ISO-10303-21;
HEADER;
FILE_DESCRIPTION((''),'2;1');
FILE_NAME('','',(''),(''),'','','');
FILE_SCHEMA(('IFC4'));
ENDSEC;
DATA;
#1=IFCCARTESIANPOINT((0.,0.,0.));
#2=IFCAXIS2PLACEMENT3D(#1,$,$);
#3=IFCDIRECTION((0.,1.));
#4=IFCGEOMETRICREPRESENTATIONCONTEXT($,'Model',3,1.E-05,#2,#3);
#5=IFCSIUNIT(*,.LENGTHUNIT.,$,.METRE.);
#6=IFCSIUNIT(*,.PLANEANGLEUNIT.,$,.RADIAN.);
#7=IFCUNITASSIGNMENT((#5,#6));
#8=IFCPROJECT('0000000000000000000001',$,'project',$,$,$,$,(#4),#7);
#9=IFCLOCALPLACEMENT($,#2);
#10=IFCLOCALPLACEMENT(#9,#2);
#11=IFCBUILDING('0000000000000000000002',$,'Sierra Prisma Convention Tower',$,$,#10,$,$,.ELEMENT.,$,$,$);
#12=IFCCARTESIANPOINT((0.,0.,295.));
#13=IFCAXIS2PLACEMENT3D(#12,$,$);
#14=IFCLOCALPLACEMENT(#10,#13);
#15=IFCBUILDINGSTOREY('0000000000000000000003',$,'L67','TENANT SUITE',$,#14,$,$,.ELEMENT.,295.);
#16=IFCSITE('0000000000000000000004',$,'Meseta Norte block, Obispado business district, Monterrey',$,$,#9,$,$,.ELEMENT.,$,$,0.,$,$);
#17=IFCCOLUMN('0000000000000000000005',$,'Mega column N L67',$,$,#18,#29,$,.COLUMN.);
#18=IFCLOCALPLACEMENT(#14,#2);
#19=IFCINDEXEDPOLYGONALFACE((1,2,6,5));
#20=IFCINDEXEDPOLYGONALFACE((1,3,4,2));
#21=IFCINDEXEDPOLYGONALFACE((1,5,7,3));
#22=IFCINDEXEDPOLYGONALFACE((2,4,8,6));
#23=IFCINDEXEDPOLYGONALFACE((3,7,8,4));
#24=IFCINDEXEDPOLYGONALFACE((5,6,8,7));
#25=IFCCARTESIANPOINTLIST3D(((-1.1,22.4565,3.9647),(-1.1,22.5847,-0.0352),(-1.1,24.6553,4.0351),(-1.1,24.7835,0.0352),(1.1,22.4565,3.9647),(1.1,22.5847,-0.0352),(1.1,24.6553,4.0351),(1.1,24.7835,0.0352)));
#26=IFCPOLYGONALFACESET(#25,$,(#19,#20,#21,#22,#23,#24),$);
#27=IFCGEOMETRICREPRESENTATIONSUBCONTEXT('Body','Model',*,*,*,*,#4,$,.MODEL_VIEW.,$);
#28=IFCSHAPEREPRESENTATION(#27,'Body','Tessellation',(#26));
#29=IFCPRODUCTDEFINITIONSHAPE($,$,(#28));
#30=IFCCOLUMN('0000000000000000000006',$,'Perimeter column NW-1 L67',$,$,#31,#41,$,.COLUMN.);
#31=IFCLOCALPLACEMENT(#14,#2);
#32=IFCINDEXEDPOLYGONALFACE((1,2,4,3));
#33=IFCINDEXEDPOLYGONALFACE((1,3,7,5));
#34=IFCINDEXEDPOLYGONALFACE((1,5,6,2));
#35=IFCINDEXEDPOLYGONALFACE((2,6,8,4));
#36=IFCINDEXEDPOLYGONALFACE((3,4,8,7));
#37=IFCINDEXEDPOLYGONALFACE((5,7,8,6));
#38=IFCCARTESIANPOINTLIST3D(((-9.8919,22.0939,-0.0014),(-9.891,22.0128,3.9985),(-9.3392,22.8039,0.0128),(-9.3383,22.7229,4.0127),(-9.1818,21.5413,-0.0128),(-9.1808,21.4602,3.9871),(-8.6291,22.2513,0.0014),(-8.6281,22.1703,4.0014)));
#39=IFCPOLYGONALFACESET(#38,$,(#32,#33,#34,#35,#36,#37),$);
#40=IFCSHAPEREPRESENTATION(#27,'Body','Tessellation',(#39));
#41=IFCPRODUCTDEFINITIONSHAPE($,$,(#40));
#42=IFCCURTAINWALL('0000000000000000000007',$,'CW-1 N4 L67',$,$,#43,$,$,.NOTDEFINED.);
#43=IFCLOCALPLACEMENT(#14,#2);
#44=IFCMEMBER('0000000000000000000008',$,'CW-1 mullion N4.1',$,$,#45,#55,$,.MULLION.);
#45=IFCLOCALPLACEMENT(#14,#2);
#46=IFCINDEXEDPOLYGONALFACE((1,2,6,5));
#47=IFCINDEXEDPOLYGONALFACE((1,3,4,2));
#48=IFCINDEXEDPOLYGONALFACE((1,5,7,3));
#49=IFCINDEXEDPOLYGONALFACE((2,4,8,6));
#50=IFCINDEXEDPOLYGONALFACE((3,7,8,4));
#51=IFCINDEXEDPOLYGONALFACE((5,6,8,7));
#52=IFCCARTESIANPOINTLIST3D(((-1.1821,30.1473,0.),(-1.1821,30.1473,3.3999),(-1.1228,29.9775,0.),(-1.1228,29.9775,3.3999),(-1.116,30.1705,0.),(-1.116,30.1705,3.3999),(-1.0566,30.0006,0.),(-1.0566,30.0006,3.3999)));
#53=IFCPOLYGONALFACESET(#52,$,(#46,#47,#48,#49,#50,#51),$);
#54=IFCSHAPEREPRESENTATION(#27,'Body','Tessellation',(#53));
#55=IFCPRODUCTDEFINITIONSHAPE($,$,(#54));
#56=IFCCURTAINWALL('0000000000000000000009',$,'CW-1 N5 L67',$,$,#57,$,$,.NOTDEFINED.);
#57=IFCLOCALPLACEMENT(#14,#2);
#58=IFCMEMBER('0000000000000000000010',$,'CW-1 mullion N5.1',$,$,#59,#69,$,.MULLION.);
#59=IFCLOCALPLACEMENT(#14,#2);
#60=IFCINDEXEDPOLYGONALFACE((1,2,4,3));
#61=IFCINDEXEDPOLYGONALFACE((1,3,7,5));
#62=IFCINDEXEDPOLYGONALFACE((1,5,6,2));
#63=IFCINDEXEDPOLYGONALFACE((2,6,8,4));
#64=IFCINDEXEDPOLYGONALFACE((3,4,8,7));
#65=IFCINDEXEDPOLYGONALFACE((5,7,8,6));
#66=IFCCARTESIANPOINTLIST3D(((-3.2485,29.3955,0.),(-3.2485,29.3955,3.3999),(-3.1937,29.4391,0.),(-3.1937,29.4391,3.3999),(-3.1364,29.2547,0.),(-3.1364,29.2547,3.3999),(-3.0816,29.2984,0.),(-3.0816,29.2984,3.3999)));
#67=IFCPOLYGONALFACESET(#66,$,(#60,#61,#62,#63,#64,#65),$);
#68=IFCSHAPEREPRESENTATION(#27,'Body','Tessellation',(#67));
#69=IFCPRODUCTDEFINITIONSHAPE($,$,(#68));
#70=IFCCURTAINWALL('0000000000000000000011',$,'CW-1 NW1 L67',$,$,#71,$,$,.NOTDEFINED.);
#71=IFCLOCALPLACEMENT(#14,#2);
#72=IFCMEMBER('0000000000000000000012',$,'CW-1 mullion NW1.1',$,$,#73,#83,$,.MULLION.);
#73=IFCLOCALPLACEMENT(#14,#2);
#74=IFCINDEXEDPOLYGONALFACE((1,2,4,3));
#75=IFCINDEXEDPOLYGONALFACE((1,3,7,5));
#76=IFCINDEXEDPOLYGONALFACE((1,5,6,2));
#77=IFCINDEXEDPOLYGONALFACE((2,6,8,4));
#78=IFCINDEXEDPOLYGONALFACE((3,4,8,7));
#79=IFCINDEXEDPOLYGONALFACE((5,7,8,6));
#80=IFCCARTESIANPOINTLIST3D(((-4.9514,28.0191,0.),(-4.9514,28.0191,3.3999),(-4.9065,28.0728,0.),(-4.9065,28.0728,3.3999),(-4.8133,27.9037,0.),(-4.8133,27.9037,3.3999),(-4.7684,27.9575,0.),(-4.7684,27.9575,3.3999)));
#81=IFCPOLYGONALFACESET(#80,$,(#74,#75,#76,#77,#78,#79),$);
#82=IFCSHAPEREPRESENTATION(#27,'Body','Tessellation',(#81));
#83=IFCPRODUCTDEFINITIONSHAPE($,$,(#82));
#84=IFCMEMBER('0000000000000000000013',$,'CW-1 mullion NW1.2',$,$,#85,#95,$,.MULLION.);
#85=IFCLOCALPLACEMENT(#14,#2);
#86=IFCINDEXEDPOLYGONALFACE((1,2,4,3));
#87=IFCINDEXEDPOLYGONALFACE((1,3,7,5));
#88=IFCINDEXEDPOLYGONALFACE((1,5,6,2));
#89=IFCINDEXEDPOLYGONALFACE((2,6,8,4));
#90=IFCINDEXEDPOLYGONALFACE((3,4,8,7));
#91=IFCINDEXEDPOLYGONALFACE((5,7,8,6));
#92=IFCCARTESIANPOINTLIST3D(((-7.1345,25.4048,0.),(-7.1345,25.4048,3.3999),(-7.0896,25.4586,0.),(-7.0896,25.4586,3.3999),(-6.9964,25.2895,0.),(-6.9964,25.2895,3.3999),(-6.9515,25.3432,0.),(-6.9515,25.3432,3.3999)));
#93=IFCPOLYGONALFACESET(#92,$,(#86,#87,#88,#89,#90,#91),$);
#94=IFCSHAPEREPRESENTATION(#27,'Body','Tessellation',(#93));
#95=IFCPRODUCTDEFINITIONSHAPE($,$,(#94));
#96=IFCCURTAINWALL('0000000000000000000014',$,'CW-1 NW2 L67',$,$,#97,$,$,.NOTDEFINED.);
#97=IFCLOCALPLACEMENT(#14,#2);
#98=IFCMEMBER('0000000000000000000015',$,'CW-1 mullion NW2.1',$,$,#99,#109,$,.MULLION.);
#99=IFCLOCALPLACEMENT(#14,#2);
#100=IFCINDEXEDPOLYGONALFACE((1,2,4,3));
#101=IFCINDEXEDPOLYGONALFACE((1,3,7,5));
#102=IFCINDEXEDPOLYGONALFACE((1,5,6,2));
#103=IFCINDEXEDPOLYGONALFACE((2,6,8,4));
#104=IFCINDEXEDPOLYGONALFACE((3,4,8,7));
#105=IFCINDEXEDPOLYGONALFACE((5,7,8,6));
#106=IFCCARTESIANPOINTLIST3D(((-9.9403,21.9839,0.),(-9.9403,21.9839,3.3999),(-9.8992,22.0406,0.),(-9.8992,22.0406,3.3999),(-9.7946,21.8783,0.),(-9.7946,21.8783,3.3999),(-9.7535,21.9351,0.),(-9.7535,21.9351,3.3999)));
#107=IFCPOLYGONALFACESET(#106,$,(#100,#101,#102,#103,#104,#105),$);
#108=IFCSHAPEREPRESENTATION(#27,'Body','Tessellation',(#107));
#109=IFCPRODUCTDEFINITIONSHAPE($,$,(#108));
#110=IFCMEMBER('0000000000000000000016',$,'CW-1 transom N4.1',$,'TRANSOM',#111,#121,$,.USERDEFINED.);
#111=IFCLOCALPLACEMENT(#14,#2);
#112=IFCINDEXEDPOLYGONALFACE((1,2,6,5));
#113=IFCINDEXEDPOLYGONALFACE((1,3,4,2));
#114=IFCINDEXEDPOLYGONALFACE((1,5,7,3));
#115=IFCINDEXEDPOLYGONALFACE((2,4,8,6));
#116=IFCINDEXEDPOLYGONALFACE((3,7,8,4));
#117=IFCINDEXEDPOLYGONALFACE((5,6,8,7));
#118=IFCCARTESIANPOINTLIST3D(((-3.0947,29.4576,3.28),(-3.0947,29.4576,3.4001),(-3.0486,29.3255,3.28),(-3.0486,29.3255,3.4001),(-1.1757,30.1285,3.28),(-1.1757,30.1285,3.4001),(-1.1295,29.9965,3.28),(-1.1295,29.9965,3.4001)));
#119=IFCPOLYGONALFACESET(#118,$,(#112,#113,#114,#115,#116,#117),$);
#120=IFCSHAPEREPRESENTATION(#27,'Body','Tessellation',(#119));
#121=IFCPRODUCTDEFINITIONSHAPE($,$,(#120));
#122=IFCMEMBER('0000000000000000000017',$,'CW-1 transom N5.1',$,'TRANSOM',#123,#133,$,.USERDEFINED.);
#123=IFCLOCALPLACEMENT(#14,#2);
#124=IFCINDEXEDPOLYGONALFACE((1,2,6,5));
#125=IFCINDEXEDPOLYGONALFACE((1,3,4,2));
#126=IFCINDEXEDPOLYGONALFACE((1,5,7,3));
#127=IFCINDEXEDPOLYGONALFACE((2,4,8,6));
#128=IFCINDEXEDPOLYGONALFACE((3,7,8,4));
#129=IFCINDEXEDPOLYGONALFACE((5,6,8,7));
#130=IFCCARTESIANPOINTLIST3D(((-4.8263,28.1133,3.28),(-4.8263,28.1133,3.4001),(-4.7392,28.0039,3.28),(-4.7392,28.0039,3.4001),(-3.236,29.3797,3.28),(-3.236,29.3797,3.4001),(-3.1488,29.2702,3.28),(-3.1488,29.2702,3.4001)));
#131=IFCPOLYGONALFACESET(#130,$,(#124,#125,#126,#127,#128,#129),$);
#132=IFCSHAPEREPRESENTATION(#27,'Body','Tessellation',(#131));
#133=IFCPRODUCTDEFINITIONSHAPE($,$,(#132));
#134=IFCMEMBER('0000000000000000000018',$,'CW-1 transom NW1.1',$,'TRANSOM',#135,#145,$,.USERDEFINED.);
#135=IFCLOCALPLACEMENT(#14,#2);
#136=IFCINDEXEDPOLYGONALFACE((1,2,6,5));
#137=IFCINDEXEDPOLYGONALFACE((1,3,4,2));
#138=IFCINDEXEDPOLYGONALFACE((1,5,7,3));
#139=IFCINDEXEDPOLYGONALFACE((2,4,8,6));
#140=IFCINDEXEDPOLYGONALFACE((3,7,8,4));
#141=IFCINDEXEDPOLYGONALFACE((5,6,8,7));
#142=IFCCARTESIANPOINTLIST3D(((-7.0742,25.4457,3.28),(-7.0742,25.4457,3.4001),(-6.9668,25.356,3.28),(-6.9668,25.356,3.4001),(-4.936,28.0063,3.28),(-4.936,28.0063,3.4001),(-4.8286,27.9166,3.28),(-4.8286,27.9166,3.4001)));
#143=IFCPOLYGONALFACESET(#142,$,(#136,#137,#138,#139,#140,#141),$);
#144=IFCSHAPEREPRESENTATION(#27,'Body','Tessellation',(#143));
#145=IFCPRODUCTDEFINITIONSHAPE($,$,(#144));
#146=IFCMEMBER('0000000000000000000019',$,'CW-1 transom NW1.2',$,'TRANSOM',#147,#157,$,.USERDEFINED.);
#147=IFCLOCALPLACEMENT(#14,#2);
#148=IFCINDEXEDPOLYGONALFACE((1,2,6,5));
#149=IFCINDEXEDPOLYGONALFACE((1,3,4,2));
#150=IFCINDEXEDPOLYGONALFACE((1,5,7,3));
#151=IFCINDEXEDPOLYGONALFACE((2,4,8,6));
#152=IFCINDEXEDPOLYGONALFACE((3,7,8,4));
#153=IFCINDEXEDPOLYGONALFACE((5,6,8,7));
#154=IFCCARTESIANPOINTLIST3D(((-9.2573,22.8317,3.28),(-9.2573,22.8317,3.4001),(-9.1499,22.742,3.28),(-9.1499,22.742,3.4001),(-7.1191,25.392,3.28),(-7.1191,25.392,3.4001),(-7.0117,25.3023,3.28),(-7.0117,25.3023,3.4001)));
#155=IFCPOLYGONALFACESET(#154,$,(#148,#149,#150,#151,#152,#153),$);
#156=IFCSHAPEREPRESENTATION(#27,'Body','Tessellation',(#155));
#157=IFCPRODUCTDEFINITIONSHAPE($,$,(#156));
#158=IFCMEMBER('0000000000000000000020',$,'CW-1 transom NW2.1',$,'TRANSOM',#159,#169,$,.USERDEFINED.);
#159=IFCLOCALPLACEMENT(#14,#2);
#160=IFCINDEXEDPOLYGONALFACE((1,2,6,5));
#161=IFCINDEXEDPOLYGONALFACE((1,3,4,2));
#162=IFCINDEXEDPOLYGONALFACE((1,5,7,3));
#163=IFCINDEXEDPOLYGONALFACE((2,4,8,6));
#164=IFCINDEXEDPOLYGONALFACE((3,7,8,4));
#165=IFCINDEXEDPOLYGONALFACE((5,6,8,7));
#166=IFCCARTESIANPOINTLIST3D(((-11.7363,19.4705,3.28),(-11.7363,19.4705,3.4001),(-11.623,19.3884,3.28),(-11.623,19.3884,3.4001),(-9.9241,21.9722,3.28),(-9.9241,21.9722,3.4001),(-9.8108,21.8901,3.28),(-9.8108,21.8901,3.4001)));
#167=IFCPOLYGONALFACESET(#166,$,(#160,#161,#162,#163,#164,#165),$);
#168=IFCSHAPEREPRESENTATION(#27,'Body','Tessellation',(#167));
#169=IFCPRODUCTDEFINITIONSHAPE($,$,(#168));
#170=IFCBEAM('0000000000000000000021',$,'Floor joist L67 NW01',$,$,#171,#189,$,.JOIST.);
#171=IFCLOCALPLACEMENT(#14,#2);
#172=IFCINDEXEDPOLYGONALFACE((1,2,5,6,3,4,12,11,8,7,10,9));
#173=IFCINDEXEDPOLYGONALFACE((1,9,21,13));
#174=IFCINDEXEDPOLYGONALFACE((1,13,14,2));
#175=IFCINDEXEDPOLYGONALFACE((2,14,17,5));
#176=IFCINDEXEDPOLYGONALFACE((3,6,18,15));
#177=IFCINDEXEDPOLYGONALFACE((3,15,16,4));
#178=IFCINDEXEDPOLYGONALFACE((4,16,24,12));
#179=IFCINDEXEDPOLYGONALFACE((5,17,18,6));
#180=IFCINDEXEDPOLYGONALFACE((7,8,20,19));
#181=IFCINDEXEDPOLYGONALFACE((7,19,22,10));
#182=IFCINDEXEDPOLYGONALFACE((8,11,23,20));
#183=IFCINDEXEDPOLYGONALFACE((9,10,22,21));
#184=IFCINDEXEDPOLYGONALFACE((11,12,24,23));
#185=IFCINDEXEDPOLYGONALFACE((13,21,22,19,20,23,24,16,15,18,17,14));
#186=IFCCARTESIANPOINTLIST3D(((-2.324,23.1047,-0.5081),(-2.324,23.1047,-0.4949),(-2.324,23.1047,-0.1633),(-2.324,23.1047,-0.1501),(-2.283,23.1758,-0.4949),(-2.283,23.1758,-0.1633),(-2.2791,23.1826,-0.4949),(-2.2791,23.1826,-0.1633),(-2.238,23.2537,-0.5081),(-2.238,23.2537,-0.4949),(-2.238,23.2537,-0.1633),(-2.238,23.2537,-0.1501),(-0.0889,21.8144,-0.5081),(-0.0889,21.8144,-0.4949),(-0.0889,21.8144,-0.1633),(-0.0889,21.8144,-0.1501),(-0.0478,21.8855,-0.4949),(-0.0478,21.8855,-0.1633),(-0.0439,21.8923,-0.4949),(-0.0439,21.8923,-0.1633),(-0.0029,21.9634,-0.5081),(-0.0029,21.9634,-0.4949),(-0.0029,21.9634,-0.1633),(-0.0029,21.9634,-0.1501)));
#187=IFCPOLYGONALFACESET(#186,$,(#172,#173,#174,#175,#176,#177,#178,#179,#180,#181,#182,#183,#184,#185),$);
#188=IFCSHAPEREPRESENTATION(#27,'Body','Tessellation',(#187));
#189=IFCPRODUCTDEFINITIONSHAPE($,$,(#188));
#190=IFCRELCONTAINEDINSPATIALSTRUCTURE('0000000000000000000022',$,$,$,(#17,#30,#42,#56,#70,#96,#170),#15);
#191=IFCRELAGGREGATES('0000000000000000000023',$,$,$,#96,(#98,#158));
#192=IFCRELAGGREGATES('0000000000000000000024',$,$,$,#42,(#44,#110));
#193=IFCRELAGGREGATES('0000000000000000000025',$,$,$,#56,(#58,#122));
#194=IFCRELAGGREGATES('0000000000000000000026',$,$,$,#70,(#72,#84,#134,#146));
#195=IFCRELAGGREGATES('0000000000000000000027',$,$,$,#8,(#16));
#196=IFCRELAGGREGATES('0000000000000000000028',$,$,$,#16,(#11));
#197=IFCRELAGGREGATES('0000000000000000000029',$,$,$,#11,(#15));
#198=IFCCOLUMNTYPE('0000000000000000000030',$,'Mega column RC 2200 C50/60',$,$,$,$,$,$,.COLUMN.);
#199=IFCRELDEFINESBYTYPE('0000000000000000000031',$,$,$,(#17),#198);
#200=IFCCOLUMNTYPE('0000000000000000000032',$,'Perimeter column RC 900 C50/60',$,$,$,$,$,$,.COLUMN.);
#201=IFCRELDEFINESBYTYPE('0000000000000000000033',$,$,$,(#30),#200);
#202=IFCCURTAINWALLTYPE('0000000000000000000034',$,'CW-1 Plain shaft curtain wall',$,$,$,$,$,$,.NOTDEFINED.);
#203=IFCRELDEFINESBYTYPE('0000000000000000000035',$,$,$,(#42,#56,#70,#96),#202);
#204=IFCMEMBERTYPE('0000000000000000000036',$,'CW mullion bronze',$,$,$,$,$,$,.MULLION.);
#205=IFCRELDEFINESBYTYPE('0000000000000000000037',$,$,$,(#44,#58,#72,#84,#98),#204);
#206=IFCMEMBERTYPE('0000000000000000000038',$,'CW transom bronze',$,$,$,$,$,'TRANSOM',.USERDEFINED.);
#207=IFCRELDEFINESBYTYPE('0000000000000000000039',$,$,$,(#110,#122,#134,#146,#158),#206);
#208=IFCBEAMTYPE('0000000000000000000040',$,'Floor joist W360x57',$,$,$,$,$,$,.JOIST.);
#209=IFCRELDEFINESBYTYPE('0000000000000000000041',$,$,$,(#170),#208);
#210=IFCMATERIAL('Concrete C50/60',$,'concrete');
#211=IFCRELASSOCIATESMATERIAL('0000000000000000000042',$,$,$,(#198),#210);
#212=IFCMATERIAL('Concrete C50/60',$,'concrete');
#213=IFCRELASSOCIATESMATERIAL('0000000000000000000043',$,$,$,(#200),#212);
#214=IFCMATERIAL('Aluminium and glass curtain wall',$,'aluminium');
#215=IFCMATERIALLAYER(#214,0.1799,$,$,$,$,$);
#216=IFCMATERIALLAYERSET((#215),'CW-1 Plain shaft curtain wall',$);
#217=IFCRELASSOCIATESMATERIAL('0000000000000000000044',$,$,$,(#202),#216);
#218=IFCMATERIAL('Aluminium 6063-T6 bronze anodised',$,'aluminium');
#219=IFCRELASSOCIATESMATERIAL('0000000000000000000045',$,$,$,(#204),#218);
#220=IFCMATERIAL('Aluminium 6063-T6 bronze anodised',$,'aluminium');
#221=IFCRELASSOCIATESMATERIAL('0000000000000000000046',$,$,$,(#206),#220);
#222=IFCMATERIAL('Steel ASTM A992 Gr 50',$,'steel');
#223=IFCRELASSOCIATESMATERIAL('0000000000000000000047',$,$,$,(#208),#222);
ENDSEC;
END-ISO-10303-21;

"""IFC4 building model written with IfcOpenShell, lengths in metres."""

from ifc_helpers import new_model, si_unit, direction, frame, origin, origin_2d, place, context, subcontext, project, spatial, rectangle, i_section, extrude, material, layer, layer_set, material_profile, profile_set, type_object, element, aggregate, save


model = new_model("IFC4")

# Units and contexts
model_context = context("Model", 3, precision=1e-05, world=origin(), true_north=direction((0.0, 1.0)))
body_context = subcontext(model_context, "Body", "Model", "MODEL_VIEW")
ifc_project = project(units=[si_unit("LENGTHUNIT", "METRE"), si_unit("PLANEANGLEUNIT", "RADIAN")], contexts=[model_context])

# Site, building, storey
site_placement = place(None, origin())
site = spatial("IfcSite", under=ifc_project, at=site_placement, Name="Meseta Norte block, Obispado business district, Monterrey", CompositionType="ELEMENT", RefElevation=0.0)
building_placement = place(site_placement, origin())
building = spatial("IfcBuilding", under=site, at=building_placement, Name="Sierra Prisma Convention Tower", CompositionType="ELEMENT")
storey_placement = place(building_placement, frame((0.0, 0.0, 295.0)))
storey = spatial("IfcBuildingStorey", under=building, at=storey_placement, Name="L67", Description="TENANT SUITE", CompositionType="ELEMENT", Elevation=295.0)

# Columns
ifc_material_1 = material(Name="Concrete C50/60", Category="concrete")
ifc_material_profile_1 = material_profile(ifc_material_1, rectangle(XDim=2.2, YDim=2.2, at=origin_2d()), Name="Mega column RC 2200 C50/60")
ifc_profile_set_1 = profile_set([ifc_material_profile_1], Name="Concrete C50/60")
column_type_1 = type_object("IfcColumnType", Name="Mega column RC 2200 C50/60", PredefinedType="COLUMN", material=ifc_profile_set_1)
column_1_placement = place(storey_placement, frame((0.0, 23.6841, 0.0), z_axis=(0.0, -0.032027, 0.999487), x_axis=(1.0, 0.0, 0.0)))
element("IfcColumn", 1, at=column_1_placement, inside=storey, type_object=column_type_1, Name="Mega column N L67", PredefinedType="COLUMN", context=body_context, shape_type="SweptSolid", body=[
    extrude(rectangle(XDim=2.2, YDim=2.2, at=origin_2d()), origin(), (0.0, 0.0, 1.0), 4.002),
])
ifc_material_2 = material(Name="Concrete C50/60", Category="concrete")
ifc_material_profile_2 = material_profile(ifc_material_2, rectangle(XDim=0.8999, YDim=0.8999, at=origin_2d()), Name="Perimeter column RC 900 C50/60")
ifc_profile_set_2 = profile_set([ifc_material_profile_2], Name="Concrete C50/60")
column_type_2 = type_object("IfcColumnType", Name="Perimeter column RC 900 C50/60", PredefinedType="COLUMN", material=ifc_profile_set_2)
column_2_placement = place(storey_placement, frame((-9.2605, 22.1726, 0.0), z_axis=(0.000244, -0.02026, 0.999795), x_axis=(0.614174, 0.789012, 0.015838)))
element("IfcColumn", 2, at=column_2_placement, inside=storey, type_object=column_type_2, Name="Perimeter column NW-1 L67", PredefinedType="COLUMN", context=body_context, shape_type="SweptSolid", body=[
    extrude(rectangle(XDim=0.8999, YDim=0.8999, at=origin_2d()), origin(), (0.0, 0.0, 1.0), 4.0007),
])

# Curtain walls, members
ifc_material_3 = material(Name="Aluminium and glass curtain wall", Category="aluminium")
ifc_layer_1 = layer(ifc_material_3, 0.1799)
ifc_layer_set_1 = layer_set([ifc_layer_1], Name="CW-1 Plain shaft curtain wall")
curtain_wall_type = type_object("IfcCurtainWallType", Name="CW-1 Plain shaft curtain wall", PredefinedType="NOTDEFINED", material=ifc_layer_set_1)
curtain_wall_1_placement = place(storey_placement, origin())
curtain_wall_1 = element("IfcCurtainWall", 3, at=curtain_wall_1_placement, inside=storey, type_object=curtain_wall_type, Name="CW-1 N4 L67", PredefinedType="NOTDEFINED")
ifc_material_4 = material(Name="Aluminium 6063-T6 bronze anodised", Category="aluminium")
ifc_material_profile_3 = material_profile(ifc_material_4, rectangle(XDim=0.1799, YDim=0.0701, at=origin_2d()), Name="ALU MULLION 70x180")
ifc_profile_set_3 = profile_set([ifc_material_profile_3], Name="Aluminium 6063-T6 bronze anodised")
member_type_1 = type_object("IfcMemberType", Name="CW mullion bronze", PredefinedType="MULLION", material=ifc_profile_set_3)
member_1_placement = place(storey_placement, frame((-1.1194, 30.074, 0.0), z_axis=(0.0, 0.0, 1.0), x_axis=(0.329935, -0.944004, 0.0)))
member_1 = element("IfcMember", 4, at=member_1_placement, type_object=member_type_1, Name="CW-1 mullion N4.1", PredefinedType="MULLION", context=body_context, shape_type="SweptSolid", body=[
    extrude(rectangle(XDim=0.1799, YDim=0.0701, at=origin_2d()), origin(), (0.0, 0.0, 1.0), 3.3999),
])
curtain_wall_2_placement = place(storey_placement, origin())
curtain_wall_2 = element("IfcCurtainWall", 5, at=curtain_wall_2_placement, inside=storey, type_object=curtain_wall_type, Name="CW-1 N5 L67", PredefinedType="NOTDEFINED")
member_2_placement = place(storey_placement, frame((-3.165, 29.3469, 0.0), z_axis=(0.0, 0.0, 1.0), x_axis=(0.62292, -0.782286, 0.0)))
member_2 = element("IfcMember", 6, at=member_2_placement, type_object=member_type_1, Name="CW-1 mullion N5.1", PredefinedType="MULLION", context=body_context, shape_type="SweptSolid", body=[
    extrude(rectangle(XDim=0.1799, YDim=0.0701, at=origin_2d()), origin(), (0.0, 0.0, 1.0), 3.3999),
])

# Curtain wall, members
curtain_wall_3_placement = place(storey_placement, origin())
curtain_wall_3 = element("IfcCurtainWall", 7, at=curtain_wall_3_placement, inside=storey, type_object=curtain_wall_type, Name="CW-1 NW1 L67", PredefinedType="NOTDEFINED")
member_3_placement = place(storey_placement, frame((-4.8599, 27.9883, 0.0), z_axis=(0.0, 0.0, 1.0), x_axis=(0.767558, -0.64098, 0.0)))
member_3 = element("IfcMember", 8, at=member_3_placement, type_object=member_type_1, Name="CW-1 mullion NW1.1", PredefinedType="MULLION", context=body_context, shape_type="SweptSolid", body=[
    extrude(rectangle(XDim=0.1799, YDim=0.0701, at=origin_2d()), origin(), (0.0, 0.0, 1.0), 3.3999),
])
member_4_placement = place(storey_placement, frame((-7.043, 25.374, 0.0), z_axis=(0.0, 0.0, 1.0), x_axis=(0.767558, -0.64098, 0.0)))
member_4 = element("IfcMember", 9, at=member_4_placement, type_object=member_type_1, Name="CW-1 mullion NW1.2", PredefinedType="MULLION", context=body_context, shape_type="SweptSolid", body=[
    extrude(rectangle(XDim=0.1799, YDim=0.0701, at=origin_2d()), origin(), (0.0, 0.0, 1.0), 3.3999),
])

# Curtain wall, member
curtain_wall_4_placement = place(storey_placement, origin())
curtain_wall_4 = element("IfcCurtainWall", 10, at=curtain_wall_4_placement, inside=storey, type_object=curtain_wall_type, Name="CW-1 NW2 L67", PredefinedType="NOTDEFINED")
member_5_placement = place(storey_placement, frame((-9.8469, 21.9595, 0.0), z_axis=(0.0, 0.0, 1.0), x_axis=(0.809848, -0.58664, 0.0)))
member_5 = element("IfcMember", 11, at=member_5_placement, type_object=member_type_1, Name="CW-1 mullion NW2.1", PredefinedType="MULLION", context=body_context, shape_type="SweptSolid", body=[
    extrude(rectangle(XDim=0.1799, YDim=0.0701, at=origin_2d()), origin(), (0.0, 0.0, 1.0), 3.3999),
])

# Members
ifc_material_5 = material(Name="Aluminium 6063-T6 bronze anodised", Category="aluminium")
ifc_material_profile_4 = material_profile(ifc_material_5, rectangle(XDim=0.1399, YDim=0.1201, at=origin_2d()), Name="ALU TRANSOM 120x140")
ifc_profile_set_4 = profile_set([ifc_material_profile_4], Name="Aluminium 6063-T6 bronze anodised")
member_type_2 = type_object("IfcMemberType", Name="CW transom bronze", ElementType="TRANSOM", PredefinedType="USERDEFINED", material=ifc_profile_set_4)
member_6_placement = place(storey_placement, frame((-1.1526, 30.0625, 3.3401), z_axis=(-0.943971, -0.330029, 0.0), x_axis=(0.330029, -0.943971, 0.0)))
member_6 = element("IfcMember", 12, at=member_6_placement, type_object=member_type_2, Name="CW-1 transom N4.1", ObjectType="TRANSOM", PredefinedType="USERDEFINED", context=body_context, shape_type="SweptSolid", body=[
    extrude(rectangle(XDim=0.1399, YDim=0.1201, at=origin_2d()), origin(), (0.0, 0.0, 1.0), 2.033),
])
member_7_placement = place(storey_placement, frame((-3.1924, 29.325, 3.3401), z_axis=(-0.782284, -0.622921, 0.0), x_axis=(0.622921, -0.782284, 0.0)))
member_7 = element("IfcMember", 13, at=member_7_placement, type_object=member_type_2, Name="CW-1 transom N5.1", ObjectType="TRANSOM", PredefinedType="USERDEFINED", context=body_context, shape_type="SweptSolid", body=[
    extrude(rectangle(XDim=0.1399, YDim=0.1201, at=origin_2d()), origin(), (0.0, 0.0, 1.0), 2.033),
])
member_8_placement = place(storey_placement, frame((-4.8823, 27.9614, 3.3401), z_axis=(-0.640962, -0.767573, 0.0), x_axis=(0.767573, -0.640962, 0.0)))
member_8 = element("IfcMember", 14, at=member_8_placement, type_object=member_type_2, Name="CW-1 transom NW1.1", ObjectType="TRANSOM", PredefinedType="USERDEFINED", context=body_context, shape_type="SweptSolid", body=[
    extrude(rectangle(XDim=0.1399, YDim=0.1201, at=origin_2d()), origin(), (0.0, 0.0, 1.0), 3.3359),
])
member_9_placement = place(storey_placement, frame((-7.0654, 25.3472, 3.3401), z_axis=(-0.640998, -0.767543, 0.0), x_axis=(0.767543, -0.640998, 0.0)))
member_9 = element("IfcMember", 15, at=member_9_placement, type_object=member_type_2, Name="CW-1 transom NW1.2", ObjectType="TRANSOM", PredefinedType="USERDEFINED", context=body_context, shape_type="SweptSolid", body=[
    extrude(rectangle(XDim=0.1399, YDim=0.1201, at=origin_2d()), origin(), (0.0, 0.0, 1.0), 3.3357),
])
member_10_placement = place(storey_placement, frame((-9.8674, 21.9312, 3.3401), z_axis=(-0.586653, -0.809839, 0.0), x_axis=(0.809839, -0.586653, 0.0)))
member_10 = element("IfcMember", 16, at=member_10_placement, type_object=member_type_2, Name="CW-1 transom NW2.1", ObjectType="TRANSOM", PredefinedType="USERDEFINED", context=body_context, shape_type="SweptSolid", body=[
    extrude(rectangle(XDim=0.1399, YDim=0.1201, at=origin_2d()), origin(), (0.0, 0.0, 1.0), 3.0891),
])
aggregate(curtain_wall_4, [member_5, member_10])

# Beam
ifc_material_6 = material(Name="Steel ASTM A992 Gr 50", Category="steel")
ifc_material_profile_5 = material_profile(ifc_material_6, i_section(OverallWidth=0.1721, OverallDepth=0.3579, WebThickness=0.0078, FlangeThickness=0.0132, at=origin_2d()), Name="W360x57")
ifc_profile_set_5 = profile_set([ifc_material_profile_5], Name="Steel ASTM A992 Gr 50")
beam_type_1 = type_object("IfcBeamType", Name="Floor joist W360x57", PredefinedType="JOIST", material=ifc_profile_set_5)
beam_1_placement = place(storey_placement, frame((-2.281, 23.1792, -0.3291), z_axis=(0.866052, -0.499954, 0.0), x_axis=(0.499954, 0.866052, 0.0)))
element("IfcBeam", 17, at=beam_1_placement, inside=storey, type_object=beam_type_1, Name="Floor joist L67 NW01", PredefinedType="JOIST", context=body_context, shape_type="SweptSolid", body=[
    extrude(i_section(OverallWidth=0.1721, OverallDepth=0.3579, WebThickness=0.0078, FlangeThickness=0.0132, at=origin_2d()), origin(), (0.0, 0.0, 1.0), 2.5808),
])

aggregate(curtain_wall_1, [member_1, member_6])
aggregate(curtain_wall_2, [member_2, member_7])
aggregate(curtain_wall_3, [member_3, member_4, member_8, member_9])

save(model, "model.ifc")
